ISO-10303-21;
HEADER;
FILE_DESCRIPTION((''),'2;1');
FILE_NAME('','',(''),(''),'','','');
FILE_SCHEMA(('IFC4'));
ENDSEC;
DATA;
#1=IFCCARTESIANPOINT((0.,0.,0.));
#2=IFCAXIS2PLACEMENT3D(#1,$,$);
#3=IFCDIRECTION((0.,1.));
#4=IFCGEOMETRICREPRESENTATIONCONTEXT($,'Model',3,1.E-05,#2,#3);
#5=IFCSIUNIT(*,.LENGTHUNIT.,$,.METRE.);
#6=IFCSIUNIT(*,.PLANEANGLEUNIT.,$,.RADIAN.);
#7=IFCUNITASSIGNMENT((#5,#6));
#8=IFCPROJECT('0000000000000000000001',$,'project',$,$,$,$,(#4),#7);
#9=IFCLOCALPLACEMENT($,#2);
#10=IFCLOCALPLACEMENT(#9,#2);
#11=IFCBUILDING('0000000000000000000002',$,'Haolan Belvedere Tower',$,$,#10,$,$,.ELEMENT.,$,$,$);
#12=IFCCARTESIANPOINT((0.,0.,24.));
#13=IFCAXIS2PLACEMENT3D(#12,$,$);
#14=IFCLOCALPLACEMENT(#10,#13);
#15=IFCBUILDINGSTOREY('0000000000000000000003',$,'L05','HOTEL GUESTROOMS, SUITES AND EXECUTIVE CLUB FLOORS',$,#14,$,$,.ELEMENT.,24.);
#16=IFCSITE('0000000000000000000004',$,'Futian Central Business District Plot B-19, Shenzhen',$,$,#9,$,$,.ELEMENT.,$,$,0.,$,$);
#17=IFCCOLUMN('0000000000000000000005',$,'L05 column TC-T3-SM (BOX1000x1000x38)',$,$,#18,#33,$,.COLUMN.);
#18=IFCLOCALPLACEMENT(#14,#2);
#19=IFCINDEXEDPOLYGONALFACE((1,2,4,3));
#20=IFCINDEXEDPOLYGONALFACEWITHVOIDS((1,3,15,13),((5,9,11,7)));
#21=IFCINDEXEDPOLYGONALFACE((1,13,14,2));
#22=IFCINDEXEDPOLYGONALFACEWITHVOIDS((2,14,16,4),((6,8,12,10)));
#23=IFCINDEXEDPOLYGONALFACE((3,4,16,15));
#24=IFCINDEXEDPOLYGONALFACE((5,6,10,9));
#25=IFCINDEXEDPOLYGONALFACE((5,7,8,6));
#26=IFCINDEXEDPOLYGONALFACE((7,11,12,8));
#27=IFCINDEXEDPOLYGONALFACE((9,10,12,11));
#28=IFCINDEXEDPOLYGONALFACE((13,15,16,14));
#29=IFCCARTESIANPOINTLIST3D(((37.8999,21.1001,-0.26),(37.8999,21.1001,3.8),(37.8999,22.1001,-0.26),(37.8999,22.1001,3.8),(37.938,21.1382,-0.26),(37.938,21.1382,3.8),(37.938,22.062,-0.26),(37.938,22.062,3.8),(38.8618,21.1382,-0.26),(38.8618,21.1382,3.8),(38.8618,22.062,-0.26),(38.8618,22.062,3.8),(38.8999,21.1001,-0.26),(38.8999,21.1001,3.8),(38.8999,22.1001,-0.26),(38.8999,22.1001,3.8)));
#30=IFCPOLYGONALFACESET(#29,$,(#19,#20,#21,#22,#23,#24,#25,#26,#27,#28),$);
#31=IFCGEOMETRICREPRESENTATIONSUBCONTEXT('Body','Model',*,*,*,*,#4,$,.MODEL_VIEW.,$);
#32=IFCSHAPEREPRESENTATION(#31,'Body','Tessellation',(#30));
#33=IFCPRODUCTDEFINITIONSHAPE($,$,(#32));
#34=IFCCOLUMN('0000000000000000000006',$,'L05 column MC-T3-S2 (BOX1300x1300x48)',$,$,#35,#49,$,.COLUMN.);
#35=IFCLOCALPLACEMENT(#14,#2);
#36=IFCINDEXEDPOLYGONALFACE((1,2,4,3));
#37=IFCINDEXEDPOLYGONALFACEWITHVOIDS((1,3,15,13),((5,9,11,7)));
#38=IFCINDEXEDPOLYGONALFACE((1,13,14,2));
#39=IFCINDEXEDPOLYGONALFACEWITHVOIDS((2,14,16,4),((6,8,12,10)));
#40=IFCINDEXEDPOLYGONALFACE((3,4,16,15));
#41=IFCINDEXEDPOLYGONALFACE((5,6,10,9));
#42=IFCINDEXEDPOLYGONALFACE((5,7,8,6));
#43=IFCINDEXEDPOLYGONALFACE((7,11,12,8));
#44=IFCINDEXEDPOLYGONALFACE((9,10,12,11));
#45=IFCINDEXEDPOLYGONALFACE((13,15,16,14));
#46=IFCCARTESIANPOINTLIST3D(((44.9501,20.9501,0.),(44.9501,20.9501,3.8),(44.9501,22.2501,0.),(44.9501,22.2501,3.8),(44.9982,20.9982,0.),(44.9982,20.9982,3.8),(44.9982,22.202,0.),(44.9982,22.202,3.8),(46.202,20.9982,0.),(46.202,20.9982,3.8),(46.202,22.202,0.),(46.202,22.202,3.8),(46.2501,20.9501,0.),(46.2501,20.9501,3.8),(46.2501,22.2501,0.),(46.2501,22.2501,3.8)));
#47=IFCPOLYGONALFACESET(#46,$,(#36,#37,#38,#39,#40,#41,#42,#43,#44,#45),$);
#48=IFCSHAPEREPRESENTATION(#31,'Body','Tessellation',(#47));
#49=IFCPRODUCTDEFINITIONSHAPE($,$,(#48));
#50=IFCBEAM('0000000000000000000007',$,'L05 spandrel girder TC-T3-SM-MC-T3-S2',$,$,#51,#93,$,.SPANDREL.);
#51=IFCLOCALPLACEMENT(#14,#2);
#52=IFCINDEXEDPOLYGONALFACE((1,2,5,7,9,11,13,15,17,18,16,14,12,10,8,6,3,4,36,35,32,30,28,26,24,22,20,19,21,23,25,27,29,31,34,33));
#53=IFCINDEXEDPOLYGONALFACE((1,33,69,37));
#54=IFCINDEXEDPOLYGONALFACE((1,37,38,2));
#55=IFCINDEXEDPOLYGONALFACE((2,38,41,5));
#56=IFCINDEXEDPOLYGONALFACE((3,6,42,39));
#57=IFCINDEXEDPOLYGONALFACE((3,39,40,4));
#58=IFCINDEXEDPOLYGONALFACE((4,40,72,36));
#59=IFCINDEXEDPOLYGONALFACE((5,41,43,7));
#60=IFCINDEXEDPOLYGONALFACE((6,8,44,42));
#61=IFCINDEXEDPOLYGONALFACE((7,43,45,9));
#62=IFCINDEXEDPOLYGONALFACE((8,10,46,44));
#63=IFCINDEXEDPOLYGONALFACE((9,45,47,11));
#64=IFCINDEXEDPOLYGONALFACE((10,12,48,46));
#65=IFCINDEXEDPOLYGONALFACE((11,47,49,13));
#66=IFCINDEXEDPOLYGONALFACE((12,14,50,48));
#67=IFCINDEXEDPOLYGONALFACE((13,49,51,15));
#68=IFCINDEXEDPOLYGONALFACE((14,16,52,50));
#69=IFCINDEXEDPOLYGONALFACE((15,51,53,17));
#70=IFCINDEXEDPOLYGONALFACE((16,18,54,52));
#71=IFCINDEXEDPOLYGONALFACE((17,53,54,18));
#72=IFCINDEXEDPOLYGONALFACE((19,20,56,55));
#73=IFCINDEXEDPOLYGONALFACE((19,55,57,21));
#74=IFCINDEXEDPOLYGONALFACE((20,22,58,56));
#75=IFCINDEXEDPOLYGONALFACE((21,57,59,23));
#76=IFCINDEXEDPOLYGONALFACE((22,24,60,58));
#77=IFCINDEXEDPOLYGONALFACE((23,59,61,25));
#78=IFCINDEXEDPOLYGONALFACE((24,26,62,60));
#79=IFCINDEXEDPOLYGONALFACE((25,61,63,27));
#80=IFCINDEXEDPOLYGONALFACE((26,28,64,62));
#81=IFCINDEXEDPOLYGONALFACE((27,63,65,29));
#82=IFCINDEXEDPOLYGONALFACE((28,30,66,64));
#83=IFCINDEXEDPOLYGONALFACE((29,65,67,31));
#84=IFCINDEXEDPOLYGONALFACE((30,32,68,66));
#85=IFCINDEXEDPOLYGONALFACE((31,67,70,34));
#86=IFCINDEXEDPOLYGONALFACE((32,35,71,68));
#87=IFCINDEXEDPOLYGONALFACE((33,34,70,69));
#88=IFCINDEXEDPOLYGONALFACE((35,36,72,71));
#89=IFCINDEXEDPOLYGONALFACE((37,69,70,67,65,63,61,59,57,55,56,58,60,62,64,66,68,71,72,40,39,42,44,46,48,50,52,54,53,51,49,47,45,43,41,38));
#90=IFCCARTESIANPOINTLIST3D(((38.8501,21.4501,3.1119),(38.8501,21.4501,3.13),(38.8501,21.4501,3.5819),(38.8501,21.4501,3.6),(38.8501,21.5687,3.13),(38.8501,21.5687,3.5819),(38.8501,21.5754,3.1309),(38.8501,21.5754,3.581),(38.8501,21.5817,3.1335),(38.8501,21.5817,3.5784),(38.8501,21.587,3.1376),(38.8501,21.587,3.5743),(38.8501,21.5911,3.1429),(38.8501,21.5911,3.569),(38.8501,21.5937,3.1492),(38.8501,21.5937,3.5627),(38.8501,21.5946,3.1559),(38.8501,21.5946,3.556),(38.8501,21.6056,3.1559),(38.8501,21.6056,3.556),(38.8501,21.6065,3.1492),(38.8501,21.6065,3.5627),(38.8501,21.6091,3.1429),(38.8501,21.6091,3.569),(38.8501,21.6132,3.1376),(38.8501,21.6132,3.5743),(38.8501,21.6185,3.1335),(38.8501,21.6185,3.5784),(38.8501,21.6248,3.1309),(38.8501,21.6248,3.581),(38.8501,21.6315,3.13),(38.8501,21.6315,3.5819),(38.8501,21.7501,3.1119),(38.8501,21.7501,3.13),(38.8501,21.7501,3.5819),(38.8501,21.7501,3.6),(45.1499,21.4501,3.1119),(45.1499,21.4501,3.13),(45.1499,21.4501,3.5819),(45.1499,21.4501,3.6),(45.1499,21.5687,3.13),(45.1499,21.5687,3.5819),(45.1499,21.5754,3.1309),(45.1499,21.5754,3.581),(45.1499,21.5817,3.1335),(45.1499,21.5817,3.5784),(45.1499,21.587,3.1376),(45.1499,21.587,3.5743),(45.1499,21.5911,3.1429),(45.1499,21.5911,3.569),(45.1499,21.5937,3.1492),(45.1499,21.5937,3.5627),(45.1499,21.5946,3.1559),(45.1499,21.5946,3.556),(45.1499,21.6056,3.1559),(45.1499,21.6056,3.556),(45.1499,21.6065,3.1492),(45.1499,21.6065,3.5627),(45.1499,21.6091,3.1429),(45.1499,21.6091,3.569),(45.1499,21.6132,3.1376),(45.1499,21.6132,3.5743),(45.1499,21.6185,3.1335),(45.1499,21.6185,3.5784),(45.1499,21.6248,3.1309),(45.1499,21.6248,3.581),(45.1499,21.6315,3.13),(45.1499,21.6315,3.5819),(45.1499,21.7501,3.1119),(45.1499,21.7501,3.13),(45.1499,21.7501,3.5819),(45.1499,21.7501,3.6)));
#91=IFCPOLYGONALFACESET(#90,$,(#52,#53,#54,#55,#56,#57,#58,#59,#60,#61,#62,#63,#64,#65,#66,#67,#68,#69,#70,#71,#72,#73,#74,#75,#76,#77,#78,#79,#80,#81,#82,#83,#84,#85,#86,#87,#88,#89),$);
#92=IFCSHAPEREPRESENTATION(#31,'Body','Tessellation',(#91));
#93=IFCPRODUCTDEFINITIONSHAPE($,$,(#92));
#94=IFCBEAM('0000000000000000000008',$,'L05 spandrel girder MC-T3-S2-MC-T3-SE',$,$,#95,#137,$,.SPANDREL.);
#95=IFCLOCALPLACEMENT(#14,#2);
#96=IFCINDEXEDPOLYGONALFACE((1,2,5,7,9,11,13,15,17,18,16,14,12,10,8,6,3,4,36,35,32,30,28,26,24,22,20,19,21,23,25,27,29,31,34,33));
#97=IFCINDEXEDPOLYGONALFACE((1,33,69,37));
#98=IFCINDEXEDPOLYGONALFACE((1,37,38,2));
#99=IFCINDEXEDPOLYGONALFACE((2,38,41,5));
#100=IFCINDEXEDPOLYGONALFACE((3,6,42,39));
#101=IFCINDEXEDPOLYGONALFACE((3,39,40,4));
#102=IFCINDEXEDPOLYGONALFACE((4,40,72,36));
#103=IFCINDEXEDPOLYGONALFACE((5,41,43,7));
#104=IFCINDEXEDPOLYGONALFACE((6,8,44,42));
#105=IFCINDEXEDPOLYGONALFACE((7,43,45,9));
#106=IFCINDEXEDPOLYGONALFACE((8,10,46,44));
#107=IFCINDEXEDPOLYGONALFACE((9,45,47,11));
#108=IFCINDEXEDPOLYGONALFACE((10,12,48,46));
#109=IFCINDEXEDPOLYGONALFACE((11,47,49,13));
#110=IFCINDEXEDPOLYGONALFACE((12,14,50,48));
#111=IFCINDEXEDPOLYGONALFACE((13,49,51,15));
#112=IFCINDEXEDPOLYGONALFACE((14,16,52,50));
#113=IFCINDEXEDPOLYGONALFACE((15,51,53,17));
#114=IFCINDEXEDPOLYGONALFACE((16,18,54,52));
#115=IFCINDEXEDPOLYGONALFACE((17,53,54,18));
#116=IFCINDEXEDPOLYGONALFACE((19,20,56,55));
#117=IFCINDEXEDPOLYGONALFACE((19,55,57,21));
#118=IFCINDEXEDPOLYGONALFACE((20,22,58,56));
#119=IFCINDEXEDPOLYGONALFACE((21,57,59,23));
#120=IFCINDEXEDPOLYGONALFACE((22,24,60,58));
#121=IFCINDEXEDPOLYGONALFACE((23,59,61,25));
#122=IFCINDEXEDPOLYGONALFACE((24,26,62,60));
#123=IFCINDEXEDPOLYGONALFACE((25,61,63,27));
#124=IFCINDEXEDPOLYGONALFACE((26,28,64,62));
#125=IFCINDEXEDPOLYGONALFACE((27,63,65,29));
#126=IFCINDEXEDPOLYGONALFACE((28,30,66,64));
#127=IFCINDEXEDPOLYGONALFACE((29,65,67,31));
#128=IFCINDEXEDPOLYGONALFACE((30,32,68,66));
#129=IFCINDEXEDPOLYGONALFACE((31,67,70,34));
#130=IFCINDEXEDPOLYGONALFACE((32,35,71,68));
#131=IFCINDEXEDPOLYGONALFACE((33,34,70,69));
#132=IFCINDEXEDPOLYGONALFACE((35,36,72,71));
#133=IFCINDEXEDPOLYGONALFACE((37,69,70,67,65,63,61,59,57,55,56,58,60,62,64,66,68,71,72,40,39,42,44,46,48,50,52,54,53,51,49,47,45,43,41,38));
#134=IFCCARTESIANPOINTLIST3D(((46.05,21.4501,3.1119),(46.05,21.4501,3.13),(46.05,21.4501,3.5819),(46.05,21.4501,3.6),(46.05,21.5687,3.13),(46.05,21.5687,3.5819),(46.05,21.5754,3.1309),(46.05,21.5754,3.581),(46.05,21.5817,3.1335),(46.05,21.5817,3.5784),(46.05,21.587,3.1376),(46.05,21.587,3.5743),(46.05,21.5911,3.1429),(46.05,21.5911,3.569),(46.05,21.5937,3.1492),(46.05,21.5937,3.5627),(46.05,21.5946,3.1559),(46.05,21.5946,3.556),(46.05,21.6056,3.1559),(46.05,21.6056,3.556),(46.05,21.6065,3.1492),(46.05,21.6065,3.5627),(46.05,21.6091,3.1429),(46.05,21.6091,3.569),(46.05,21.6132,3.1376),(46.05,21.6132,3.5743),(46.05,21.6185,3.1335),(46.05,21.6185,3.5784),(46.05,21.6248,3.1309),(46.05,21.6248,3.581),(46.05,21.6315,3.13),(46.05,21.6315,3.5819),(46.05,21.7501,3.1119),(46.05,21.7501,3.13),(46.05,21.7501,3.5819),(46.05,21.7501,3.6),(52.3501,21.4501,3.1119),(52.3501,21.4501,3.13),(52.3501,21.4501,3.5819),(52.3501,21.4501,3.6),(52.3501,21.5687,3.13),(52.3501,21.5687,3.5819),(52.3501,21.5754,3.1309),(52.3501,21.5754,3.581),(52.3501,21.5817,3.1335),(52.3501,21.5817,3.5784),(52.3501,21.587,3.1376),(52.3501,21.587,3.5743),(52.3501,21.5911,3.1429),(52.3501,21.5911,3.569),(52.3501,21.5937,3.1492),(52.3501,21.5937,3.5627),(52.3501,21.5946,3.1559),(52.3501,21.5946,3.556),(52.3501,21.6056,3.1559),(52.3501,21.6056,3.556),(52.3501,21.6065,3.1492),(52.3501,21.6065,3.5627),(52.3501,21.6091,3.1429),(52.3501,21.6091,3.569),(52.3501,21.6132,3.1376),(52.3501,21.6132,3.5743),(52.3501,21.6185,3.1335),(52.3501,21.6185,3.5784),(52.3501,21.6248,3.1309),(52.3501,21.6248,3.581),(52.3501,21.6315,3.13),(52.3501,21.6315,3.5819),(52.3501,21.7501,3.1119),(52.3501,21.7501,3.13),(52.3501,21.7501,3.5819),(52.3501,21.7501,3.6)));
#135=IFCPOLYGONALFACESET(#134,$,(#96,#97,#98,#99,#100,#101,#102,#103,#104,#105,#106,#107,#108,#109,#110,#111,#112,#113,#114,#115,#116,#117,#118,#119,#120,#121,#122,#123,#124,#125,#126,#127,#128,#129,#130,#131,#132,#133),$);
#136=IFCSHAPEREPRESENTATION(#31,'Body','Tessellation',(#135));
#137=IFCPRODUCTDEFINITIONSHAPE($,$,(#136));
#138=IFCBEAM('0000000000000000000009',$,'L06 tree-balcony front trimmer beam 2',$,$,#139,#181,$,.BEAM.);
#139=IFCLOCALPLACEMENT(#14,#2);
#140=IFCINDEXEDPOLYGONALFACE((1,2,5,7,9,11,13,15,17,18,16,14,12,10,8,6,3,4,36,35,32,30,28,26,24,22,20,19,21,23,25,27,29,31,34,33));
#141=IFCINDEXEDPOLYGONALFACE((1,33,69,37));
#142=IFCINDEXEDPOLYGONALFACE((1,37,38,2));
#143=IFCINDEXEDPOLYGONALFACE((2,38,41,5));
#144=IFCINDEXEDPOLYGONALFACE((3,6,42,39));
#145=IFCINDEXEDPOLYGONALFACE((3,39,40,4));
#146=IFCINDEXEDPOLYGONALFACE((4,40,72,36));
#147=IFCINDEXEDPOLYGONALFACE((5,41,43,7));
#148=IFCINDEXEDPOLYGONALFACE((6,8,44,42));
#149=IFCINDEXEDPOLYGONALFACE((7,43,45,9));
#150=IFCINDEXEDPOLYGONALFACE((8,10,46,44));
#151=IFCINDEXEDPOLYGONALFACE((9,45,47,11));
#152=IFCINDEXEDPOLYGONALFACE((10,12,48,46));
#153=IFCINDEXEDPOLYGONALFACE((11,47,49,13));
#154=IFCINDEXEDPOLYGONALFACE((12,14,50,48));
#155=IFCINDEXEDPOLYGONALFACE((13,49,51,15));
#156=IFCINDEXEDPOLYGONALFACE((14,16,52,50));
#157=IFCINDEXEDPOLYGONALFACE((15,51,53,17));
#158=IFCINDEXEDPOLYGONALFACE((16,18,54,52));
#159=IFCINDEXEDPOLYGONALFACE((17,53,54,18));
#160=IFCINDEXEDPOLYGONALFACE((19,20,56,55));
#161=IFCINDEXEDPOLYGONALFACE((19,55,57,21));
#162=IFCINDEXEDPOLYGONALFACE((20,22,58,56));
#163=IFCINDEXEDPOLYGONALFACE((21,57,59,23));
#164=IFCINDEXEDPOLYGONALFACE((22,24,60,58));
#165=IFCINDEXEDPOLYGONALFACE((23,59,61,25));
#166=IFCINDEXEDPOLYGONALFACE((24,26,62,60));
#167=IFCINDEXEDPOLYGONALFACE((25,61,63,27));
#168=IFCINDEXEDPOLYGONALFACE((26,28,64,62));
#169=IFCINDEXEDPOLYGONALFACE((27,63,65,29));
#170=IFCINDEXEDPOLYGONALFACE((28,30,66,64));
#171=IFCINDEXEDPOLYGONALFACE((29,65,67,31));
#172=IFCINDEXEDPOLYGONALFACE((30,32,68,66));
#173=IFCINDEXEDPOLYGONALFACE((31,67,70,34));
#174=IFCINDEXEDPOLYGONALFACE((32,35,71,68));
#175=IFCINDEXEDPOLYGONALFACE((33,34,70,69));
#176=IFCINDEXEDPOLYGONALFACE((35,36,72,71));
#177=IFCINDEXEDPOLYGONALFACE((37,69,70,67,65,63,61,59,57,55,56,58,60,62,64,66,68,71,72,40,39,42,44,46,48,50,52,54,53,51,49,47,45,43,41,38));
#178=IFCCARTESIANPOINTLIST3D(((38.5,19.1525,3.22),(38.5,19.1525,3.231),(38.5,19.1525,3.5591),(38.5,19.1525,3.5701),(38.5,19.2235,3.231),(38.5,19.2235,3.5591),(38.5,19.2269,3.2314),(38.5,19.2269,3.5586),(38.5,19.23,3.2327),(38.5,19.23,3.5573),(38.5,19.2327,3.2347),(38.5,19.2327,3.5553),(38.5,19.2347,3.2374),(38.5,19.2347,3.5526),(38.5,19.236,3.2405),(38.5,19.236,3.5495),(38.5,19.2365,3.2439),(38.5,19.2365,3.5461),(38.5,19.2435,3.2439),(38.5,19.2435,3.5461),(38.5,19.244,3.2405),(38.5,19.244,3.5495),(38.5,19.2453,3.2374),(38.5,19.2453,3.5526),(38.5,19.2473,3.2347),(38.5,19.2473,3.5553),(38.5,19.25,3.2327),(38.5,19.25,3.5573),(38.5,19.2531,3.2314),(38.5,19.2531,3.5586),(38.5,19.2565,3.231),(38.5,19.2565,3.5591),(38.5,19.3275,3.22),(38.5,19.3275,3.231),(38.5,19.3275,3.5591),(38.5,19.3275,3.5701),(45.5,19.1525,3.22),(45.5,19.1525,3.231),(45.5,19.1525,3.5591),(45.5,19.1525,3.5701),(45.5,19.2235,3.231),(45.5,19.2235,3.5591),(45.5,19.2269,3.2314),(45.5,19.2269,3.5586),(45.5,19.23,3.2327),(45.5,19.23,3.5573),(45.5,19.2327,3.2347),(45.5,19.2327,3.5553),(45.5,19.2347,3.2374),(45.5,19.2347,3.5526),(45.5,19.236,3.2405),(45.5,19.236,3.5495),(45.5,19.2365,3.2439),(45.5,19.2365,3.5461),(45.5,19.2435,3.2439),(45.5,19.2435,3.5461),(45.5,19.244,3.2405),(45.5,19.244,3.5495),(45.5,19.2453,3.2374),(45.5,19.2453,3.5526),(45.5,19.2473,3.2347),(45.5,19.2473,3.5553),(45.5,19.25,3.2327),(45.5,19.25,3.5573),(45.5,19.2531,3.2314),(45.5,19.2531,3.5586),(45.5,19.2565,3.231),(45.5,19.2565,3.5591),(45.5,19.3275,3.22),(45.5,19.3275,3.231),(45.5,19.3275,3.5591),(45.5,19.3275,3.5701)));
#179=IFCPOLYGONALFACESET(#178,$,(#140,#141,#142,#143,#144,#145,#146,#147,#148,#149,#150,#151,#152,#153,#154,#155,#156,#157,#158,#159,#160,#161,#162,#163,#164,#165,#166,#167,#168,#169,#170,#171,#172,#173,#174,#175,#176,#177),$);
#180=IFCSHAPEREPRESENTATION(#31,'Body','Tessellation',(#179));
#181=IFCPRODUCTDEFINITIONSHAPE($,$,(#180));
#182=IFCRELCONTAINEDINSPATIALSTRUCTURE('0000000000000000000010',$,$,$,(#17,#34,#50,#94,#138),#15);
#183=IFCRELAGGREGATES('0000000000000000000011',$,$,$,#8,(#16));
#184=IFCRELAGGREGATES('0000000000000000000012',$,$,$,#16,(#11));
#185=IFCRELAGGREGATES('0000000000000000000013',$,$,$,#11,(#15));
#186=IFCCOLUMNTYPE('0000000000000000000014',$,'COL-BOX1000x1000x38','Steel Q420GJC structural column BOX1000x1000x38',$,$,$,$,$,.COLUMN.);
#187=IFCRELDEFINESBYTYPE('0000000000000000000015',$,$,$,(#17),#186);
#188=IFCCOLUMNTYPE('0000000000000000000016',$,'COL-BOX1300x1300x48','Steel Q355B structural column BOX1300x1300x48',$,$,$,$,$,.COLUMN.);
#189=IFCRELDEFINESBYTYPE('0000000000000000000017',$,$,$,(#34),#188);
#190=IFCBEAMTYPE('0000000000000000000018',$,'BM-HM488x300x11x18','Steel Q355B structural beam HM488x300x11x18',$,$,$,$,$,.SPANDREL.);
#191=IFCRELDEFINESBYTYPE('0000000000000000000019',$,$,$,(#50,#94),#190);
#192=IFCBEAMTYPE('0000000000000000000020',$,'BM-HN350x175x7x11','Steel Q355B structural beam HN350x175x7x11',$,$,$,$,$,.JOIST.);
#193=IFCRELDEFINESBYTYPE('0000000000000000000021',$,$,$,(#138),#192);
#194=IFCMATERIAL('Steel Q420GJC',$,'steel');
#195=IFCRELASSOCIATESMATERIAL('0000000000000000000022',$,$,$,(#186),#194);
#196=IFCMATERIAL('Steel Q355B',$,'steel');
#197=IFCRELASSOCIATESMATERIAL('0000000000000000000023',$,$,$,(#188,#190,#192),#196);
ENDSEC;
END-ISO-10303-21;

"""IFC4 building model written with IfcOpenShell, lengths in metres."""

from ifc_helpers import new_model, si_unit, direction, frame, origin, origin_2d, place, context, subcontext, project, spatial, hollow_rectangle, i_section, extrude, material, material_profile, profile_set, type_object, element, save


model = new_model("IFC4")

# Units and contexts
model_context = context("Model", 3, precision=1e-05, world=origin(), true_north=direction((0.0, 1.0)))
body_context = subcontext(model_context, "Body", "Model", "MODEL_VIEW")
ifc_project = project(units=[si_unit("LENGTHUNIT", "METRE"), si_unit("PLANEANGLEUNIT", "RADIAN")], contexts=[model_context])

# Site, building, storey
site_placement = place(None, origin())
site = spatial("IfcSite", under=ifc_project, at=site_placement, Name="Futian Central Business District Plot B-19, Shenzhen", CompositionType="ELEMENT", RefElevation=0.0)
building_placement = place(site_placement, origin())
building = spatial("IfcBuilding", under=site, at=building_placement, Name="Haolan Belvedere Tower", CompositionType="ELEMENT")
storey_placement = place(building_placement, frame((0.0, 0.0, 24.0)))
storey = spatial("IfcBuildingStorey", under=building, at=storey_placement, Name="L05", Description="HOTEL GUESTROOMS, SUITES AND EXECUTIVE CLUB FLOORS", CompositionType="ELEMENT", Elevation=24.0)

# Columns
ifc_material_1 = material(Name="Steel Q420GJC", Category="steel")
ifc_material_profile_1 = material_profile(ifc_material_1, hollow_rectangle(XDim=1.0, YDim=1.0, WallThickness=0.0381, at=origin_2d()), Name="Steel Q420GJC")
ifc_profile_set_1 = profile_set([ifc_material_profile_1], Name="Steel Q420GJC")
column_type_1 = type_object("IfcColumnType", Name="COL-BOX1000x1000x38", Description="Steel Q420GJC structural column BOX1000x1000x38", PredefinedType="COLUMN", material=ifc_profile_set_1)
column_1_placement = place(storey_placement, frame((38.3999, 21.6001, -0.26), z_axis=(0.0, 0.0, 1.0), x_axis=(1.0, 0.0, 0.0)))
element("IfcColumn", 1, at=column_1_placement, inside=storey, type_object=column_type_1, Name="L05 column TC-T3-SM (BOX1000x1000x38)", PredefinedType="COLUMN", context=body_context, shape_type="SweptSolid", body=[
    extrude(hollow_rectangle(XDim=1.0, YDim=1.0, WallThickness=0.0381, at=origin_2d()), origin(), (0.0, 0.0, 1.0), 4.0601),
])
ifc_material_2 = material(Name="Steel Q355B", Category="steel")
ifc_material_profile_2 = material_profile(ifc_material_2, hollow_rectangle(XDim=1.3, YDim=1.3, WallThickness=0.0481, at=origin_2d()), Name="Steel Q355B")
ifc_profile_set_2 = profile_set([ifc_material_profile_2], Name="Steel Q355B")
column_type_2 = type_object("IfcColumnType", Name="COL-BOX1300x1300x48", Description="Steel Q355B structural column BOX1300x1300x48", PredefinedType="COLUMN", material=ifc_profile_set_2)
column_2_placement = place(storey_placement, frame((45.6001, 21.6001, 0.0), z_axis=(0.0, 0.0, 1.0), x_axis=(1.0, 0.0, 0.0)))
element("IfcColumn", 2, at=column_2_placement, inside=storey, type_object=column_type_2, Name="L05 column MC-T3-S2 (BOX1300x1300x48)", PredefinedType="COLUMN", context=body_context, shape_type="SweptSolid", body=[
    extrude(hollow_rectangle(XDim=1.3, YDim=1.3, WallThickness=0.0481, at=origin_2d()), origin(), (0.0, 0.0, 1.0), 3.8),
])

# Beams
ifc_material_profile_3 = material_profile(ifc_material_2, i_section(OverallWidth=0.3, OverallDepth=0.488, WebThickness=0.011, FlangeThickness=0.0181, FilletRadius=0.0259, at=origin_2d()), Name="Steel Q355B")
ifc_profile_set_3 = profile_set([ifc_material_profile_3], Name="Steel Q355B")
beam_type_1 = type_object("IfcBeamType", Name="BM-HM488x300x11x18", Description="Steel Q355B structural beam HM488x300x11x18", PredefinedType="SPANDREL", material=ifc_profile_set_3)
beam_1_placement = place(storey_placement, frame((38.8501, 21.6001, 3.356), z_axis=(1.0, 0.0, 0.0), x_axis=(0.0, 1.0, 0.0)))
element("IfcBeam", 3, at=beam_1_placement, inside=storey, type_object=beam_type_1, Name="L05 spandrel girder TC-T3-SM-MC-T3-S2", PredefinedType="SPANDREL", context=body_context, shape_type="SweptSolid", body=[
    extrude(i_section(OverallWidth=0.3, OverallDepth=0.488, WebThickness=0.011, FlangeThickness=0.0181, FilletRadius=0.0259, at=origin_2d()), origin(), (0.0, 0.0, 1.0), 6.2998),
])
beam_2_placement = place(storey_placement, frame((46.05, 21.6001, 3.356), z_axis=(1.0, 0.0, 0.0), x_axis=(0.0, 1.0, 0.0)))
element("IfcBeam", 4, at=beam_2_placement, inside=storey, type_object=beam_type_1, Name="L05 spandrel girder MC-T3-S2-MC-T3-SE", PredefinedType="SPANDREL", context=body_context, shape_type="SweptSolid", body=[
    extrude(i_section(OverallWidth=0.3, OverallDepth=0.488, WebThickness=0.011, FlangeThickness=0.0181, FilletRadius=0.0259, at=origin_2d()), origin(), (0.0, 0.0, 1.0), 6.3),
])
ifc_material_profile_4 = material_profile(ifc_material_2, i_section(OverallWidth=0.175, OverallDepth=0.3501, WebThickness=0.0071, FlangeThickness=0.011, FilletRadius=0.0129, at=origin_2d()), Name="Steel Q355B")
ifc_profile_set_4 = profile_set([ifc_material_profile_4], Name="Steel Q355B")
beam_type_2 = type_object("IfcBeamType", Name="BM-HN350x175x7x11", Description="Steel Q355B structural beam HN350x175x7x11", PredefinedType="JOIST", material=ifc_profile_set_4)
beam_3_placement = place(storey_placement, frame((38.5, 19.24, 3.395), z_axis=(1.0, 0.0, 0.0), x_axis=(0.0, 1.0, 0.0)))
element("IfcBeam", 5, at=beam_3_placement, inside=storey, type_object=beam_type_2, Name="L06 tree-balcony front trimmer beam 2", PredefinedType="BEAM", context=body_context, shape_type="SweptSolid", body=[
    extrude(i_section(OverallWidth=0.175, OverallDepth=0.3501, WebThickness=0.0071, FlangeThickness=0.011, FilletRadius=0.0129, at=origin_2d()), origin(), (0.0, 0.0, 1.0), 7.0),
])

save(model, "model.ifc")
